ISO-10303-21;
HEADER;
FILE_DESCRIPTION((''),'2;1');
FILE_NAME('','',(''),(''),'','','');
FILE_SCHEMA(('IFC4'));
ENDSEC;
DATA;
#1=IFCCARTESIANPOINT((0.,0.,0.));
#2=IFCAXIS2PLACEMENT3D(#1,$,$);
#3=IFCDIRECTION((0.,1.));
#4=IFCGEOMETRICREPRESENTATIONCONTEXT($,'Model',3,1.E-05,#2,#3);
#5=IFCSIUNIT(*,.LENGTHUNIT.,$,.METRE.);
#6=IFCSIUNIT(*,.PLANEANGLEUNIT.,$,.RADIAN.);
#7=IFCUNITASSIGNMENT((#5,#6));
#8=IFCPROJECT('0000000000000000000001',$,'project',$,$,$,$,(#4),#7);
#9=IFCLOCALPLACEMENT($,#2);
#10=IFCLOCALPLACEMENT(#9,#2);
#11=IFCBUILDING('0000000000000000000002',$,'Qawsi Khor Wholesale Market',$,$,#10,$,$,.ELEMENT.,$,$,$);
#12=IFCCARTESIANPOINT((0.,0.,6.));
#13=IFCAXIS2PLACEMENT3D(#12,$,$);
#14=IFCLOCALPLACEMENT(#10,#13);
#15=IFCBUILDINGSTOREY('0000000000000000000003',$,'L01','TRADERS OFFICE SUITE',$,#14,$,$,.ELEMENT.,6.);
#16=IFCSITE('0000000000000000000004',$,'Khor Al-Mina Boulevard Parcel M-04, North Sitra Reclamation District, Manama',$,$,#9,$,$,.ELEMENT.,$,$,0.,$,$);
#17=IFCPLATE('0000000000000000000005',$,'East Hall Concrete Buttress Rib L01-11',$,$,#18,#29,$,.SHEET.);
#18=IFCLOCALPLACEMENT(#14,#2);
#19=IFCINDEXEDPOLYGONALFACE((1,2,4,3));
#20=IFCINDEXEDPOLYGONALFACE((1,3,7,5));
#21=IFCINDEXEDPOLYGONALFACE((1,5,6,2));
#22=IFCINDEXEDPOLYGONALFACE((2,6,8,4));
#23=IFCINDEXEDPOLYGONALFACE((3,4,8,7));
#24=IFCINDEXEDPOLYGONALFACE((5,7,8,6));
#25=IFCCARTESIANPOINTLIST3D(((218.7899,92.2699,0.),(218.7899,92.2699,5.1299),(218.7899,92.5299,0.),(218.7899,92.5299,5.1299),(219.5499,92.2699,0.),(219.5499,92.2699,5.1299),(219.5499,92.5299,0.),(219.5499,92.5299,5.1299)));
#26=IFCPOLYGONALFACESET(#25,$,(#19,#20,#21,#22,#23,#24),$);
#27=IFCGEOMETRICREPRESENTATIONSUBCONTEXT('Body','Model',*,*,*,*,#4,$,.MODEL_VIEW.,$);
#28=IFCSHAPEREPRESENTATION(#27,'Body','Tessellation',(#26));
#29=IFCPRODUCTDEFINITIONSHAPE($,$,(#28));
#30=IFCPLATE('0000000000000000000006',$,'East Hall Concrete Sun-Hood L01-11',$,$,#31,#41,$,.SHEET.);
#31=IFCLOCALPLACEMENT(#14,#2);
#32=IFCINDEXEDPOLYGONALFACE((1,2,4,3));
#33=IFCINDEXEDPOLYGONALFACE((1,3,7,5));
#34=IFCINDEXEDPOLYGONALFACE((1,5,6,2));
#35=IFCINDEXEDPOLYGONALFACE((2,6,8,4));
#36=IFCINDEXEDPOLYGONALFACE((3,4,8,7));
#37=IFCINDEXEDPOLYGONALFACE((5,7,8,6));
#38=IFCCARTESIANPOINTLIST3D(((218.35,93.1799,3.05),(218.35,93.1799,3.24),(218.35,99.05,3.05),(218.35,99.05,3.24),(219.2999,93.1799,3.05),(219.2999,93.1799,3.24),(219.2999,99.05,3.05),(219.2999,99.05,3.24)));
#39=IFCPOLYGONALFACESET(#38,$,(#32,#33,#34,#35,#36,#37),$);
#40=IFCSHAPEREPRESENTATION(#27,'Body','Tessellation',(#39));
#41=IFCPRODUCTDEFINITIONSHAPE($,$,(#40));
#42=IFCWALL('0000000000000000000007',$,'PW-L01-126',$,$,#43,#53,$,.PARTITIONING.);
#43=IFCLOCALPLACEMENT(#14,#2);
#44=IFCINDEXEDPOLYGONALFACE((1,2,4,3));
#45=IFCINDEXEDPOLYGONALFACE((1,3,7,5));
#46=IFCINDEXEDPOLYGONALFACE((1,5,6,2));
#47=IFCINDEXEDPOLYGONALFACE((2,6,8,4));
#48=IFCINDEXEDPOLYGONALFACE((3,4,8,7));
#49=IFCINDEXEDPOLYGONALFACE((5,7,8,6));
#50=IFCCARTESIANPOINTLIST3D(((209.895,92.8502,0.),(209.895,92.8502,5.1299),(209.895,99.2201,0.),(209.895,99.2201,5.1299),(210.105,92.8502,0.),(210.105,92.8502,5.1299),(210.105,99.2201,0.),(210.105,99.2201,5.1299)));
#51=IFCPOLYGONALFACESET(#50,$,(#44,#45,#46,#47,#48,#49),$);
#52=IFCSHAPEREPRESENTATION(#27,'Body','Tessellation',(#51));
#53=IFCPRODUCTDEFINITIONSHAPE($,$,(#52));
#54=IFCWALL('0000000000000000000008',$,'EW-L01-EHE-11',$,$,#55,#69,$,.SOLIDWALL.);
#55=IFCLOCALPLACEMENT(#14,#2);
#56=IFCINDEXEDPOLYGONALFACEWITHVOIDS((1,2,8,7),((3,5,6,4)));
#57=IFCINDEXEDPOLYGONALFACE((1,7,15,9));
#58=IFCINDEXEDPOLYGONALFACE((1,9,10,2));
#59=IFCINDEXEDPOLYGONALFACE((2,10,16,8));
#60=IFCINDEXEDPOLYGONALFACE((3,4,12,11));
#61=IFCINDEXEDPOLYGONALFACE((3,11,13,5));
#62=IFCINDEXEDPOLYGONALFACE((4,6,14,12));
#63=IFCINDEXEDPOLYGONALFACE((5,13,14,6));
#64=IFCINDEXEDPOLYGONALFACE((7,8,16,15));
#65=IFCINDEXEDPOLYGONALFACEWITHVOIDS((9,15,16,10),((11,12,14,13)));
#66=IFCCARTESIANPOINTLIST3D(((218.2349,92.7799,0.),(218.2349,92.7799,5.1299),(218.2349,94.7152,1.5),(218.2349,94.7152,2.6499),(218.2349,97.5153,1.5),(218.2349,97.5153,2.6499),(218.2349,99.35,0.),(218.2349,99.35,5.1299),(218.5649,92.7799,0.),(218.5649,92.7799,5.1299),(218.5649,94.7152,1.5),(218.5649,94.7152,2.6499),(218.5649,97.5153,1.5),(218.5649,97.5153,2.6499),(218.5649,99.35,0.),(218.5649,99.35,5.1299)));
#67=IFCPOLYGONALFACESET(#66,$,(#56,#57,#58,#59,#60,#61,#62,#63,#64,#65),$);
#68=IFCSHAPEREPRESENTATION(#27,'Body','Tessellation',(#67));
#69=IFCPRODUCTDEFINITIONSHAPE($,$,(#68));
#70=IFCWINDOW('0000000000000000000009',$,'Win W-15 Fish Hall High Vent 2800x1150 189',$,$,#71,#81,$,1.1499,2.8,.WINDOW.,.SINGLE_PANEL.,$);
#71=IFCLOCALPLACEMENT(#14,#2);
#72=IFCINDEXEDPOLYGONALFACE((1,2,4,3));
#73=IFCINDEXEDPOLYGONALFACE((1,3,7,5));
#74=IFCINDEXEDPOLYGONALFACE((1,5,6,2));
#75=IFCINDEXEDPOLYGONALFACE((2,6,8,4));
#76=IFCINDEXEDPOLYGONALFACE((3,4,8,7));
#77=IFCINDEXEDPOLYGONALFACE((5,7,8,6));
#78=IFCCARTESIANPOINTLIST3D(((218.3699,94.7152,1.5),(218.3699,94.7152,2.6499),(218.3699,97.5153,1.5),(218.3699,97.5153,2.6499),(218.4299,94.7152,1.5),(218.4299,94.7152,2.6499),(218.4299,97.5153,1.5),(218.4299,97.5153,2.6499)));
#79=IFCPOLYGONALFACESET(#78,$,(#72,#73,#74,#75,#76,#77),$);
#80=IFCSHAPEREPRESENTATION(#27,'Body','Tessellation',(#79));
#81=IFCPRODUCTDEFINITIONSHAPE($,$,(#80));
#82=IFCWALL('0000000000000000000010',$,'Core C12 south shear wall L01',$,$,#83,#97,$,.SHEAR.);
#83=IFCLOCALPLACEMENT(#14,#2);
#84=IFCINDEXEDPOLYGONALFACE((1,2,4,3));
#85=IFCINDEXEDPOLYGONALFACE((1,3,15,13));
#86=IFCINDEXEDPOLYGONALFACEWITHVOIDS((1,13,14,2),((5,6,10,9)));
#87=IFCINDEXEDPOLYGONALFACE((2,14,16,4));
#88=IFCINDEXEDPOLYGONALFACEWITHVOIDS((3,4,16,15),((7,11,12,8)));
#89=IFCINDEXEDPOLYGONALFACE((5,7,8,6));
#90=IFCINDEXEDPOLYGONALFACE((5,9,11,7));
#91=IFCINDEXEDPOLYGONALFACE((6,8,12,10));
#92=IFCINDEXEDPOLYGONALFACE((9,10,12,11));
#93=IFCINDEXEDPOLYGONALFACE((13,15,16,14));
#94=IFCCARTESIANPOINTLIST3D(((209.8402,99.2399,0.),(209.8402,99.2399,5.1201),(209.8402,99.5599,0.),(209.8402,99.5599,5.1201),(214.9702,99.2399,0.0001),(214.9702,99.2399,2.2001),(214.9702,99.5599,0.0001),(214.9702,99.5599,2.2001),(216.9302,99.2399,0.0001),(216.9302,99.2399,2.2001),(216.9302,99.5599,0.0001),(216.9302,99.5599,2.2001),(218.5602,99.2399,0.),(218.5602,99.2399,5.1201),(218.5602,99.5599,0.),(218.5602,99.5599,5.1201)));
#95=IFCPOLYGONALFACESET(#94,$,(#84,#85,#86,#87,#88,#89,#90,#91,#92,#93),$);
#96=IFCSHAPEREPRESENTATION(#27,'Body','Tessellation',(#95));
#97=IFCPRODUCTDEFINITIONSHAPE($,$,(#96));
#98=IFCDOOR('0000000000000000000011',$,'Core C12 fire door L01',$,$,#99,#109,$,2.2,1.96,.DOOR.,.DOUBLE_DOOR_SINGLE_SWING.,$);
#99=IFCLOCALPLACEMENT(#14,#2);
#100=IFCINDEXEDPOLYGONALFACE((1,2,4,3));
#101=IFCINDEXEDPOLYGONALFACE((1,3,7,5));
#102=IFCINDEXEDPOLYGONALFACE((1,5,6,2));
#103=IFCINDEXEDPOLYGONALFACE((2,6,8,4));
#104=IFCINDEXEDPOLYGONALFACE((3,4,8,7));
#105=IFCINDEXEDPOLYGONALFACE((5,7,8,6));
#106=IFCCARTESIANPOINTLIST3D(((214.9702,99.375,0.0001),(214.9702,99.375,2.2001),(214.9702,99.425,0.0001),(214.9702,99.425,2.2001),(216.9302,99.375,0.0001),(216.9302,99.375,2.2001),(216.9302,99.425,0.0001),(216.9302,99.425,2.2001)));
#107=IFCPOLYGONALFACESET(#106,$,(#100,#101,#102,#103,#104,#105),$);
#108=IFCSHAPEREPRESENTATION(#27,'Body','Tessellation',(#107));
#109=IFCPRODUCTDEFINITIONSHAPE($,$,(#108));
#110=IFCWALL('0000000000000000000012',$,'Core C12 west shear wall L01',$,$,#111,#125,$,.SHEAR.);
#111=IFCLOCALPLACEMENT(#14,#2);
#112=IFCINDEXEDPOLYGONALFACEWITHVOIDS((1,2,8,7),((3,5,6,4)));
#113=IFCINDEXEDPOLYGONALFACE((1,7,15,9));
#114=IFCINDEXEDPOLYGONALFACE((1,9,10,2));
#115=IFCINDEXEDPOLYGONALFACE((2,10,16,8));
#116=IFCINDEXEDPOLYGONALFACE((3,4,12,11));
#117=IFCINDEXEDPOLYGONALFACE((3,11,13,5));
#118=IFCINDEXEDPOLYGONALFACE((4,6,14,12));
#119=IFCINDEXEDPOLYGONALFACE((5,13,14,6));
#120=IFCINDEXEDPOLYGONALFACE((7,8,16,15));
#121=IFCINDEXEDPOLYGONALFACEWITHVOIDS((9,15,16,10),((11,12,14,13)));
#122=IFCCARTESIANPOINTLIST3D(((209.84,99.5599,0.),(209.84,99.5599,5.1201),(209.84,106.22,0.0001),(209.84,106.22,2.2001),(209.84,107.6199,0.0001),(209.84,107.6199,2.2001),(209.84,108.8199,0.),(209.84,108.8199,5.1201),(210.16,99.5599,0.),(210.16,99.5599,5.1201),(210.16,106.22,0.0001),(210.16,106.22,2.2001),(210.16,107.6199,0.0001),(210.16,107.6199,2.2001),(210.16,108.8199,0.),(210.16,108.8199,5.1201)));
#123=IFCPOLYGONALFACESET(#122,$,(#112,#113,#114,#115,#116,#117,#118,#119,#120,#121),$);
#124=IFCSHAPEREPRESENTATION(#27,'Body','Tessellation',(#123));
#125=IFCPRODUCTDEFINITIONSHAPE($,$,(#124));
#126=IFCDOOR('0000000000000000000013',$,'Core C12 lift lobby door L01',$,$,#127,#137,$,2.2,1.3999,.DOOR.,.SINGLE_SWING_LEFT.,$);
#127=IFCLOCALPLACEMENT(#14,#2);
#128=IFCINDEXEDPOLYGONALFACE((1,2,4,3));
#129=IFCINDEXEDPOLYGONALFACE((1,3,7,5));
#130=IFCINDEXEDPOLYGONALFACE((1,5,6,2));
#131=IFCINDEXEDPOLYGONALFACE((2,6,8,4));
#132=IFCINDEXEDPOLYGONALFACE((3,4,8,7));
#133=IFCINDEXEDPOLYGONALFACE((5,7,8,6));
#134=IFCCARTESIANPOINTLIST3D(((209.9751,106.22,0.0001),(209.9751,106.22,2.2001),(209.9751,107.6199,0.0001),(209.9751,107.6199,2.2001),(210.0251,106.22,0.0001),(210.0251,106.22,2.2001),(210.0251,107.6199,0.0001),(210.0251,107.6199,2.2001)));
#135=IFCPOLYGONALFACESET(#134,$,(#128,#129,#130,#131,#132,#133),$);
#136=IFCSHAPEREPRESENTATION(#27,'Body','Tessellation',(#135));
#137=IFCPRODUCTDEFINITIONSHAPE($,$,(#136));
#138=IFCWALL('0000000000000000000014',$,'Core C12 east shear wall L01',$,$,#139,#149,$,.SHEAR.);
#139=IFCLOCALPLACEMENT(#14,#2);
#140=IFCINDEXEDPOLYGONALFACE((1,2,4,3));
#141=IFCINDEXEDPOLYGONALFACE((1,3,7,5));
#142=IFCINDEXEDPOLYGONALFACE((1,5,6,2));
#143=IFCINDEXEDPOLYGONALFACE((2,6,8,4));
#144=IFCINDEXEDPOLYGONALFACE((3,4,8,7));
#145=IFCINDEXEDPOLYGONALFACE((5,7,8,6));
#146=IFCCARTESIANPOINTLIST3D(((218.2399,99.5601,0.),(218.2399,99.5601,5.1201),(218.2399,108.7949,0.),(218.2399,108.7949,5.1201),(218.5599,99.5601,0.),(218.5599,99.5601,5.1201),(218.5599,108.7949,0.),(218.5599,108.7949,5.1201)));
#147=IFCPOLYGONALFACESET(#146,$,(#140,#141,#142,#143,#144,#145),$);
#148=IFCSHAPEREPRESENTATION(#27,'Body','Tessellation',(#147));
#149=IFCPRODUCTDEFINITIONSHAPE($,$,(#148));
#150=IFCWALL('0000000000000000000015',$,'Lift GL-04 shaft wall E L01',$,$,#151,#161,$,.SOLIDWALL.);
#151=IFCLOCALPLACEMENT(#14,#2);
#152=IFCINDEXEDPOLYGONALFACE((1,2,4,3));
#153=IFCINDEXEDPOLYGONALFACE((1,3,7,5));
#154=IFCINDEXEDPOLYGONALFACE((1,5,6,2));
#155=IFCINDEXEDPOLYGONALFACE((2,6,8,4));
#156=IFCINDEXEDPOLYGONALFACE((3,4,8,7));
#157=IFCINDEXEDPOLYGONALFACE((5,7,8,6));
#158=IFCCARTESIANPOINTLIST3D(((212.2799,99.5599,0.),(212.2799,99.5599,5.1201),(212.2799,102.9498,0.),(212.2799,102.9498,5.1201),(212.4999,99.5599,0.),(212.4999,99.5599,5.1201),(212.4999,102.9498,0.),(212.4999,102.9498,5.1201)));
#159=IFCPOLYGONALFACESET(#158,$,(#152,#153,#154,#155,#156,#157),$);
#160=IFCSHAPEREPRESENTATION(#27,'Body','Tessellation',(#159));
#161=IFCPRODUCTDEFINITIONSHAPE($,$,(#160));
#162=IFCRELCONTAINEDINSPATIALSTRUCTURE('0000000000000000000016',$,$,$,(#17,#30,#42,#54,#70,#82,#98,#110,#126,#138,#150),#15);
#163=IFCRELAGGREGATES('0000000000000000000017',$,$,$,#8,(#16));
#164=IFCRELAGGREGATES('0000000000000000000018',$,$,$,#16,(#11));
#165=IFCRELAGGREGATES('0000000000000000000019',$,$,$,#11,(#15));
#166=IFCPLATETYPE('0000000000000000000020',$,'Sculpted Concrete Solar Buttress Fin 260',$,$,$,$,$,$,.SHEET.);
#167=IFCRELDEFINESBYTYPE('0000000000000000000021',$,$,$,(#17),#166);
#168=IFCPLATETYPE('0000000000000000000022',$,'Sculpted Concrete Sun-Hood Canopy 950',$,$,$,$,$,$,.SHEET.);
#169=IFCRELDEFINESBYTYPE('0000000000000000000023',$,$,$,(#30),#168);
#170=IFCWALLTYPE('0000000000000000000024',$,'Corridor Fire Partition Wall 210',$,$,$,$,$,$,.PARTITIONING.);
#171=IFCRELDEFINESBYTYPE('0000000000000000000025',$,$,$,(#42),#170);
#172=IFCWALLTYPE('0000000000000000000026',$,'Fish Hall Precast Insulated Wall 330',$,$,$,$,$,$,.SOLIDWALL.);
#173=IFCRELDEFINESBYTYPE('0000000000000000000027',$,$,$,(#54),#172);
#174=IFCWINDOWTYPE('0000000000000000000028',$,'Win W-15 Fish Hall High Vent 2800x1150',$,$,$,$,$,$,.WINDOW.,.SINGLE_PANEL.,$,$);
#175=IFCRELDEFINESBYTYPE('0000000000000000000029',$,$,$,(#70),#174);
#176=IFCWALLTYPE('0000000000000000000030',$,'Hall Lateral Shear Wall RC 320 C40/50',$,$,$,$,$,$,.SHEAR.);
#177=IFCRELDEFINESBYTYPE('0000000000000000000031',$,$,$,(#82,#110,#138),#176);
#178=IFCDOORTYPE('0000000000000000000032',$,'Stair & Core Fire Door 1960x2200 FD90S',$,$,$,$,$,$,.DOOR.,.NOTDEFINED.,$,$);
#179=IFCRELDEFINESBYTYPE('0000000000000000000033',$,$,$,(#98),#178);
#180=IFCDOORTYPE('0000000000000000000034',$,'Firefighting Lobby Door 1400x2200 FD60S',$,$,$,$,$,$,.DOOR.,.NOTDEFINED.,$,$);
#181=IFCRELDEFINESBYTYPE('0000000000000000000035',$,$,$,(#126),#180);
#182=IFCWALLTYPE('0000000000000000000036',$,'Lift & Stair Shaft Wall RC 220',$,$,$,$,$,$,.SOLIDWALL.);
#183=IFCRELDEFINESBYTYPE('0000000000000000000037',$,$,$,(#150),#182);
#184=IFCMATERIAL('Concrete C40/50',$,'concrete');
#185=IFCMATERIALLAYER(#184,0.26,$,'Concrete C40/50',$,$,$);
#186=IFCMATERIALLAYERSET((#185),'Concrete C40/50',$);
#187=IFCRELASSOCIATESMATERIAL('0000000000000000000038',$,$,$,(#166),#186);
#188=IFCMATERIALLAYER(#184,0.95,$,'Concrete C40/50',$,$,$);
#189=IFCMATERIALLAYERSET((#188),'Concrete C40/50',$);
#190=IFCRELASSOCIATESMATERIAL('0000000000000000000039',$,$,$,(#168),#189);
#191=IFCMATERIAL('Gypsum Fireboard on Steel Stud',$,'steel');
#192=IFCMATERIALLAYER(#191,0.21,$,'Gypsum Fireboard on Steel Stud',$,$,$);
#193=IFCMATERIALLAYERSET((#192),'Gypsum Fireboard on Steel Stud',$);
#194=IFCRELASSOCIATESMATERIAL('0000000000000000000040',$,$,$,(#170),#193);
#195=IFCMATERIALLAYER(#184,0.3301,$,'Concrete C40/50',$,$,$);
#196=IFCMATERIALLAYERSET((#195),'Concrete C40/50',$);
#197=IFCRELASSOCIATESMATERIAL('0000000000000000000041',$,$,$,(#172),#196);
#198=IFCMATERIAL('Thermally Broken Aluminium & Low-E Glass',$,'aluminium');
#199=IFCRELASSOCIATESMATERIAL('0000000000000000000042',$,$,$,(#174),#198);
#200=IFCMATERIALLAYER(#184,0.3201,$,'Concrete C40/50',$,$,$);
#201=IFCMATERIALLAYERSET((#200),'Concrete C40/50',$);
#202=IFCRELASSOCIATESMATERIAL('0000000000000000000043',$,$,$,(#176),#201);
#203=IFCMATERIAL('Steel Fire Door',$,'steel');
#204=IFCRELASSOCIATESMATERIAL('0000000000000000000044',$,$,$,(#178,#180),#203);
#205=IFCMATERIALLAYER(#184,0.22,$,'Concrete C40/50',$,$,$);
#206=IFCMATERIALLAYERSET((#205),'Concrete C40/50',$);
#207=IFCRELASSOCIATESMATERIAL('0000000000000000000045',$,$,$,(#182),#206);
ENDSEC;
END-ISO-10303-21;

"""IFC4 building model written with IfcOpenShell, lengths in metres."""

from ifc_helpers import new_model, si_unit, direction, frame, frame_2d, origin, place, context, subcontext, project, spatial, rectangle, extrude, material, layer, layer_set, type_object, element, fill, save


model = new_model("IFC4")

# Units and contexts
model_context = context("Model", 3, precision=1e-05, world=origin(), true_north=direction((0.0, 1.0)))
body_context = subcontext(model_context, "Body", "Model", "MODEL_VIEW")
ifc_project = project(units=[si_unit("LENGTHUNIT", "METRE"), si_unit("PLANEANGLEUNIT", "RADIAN")], contexts=[model_context])

# Site, building, storey
site_placement = place(None, origin())
site = spatial("IfcSite", under=ifc_project, at=site_placement, Name="Khor Al-Mina Boulevard Parcel M-04, North Sitra Reclamation District, Manama", CompositionType="ELEMENT", RefElevation=0.0)
building_placement = place(site_placement, origin())
building = spatial("IfcBuilding", under=site, at=building_placement, Name="Qawsi Khor Wholesale Market", CompositionType="ELEMENT")
storey_placement = place(building_placement, frame((0.0, 0.0, 6.0)))
storey = spatial("IfcBuildingStorey", under=building, at=storey_placement, Name="L01", Description="TRADERS OFFICE SUITE", CompositionType="ELEMENT", Elevation=6.0)

# Shared definitions
ifc_material_1 = material(Name="Concrete C40/50", Category="concrete")

# Plates
ifc_layer_1 = layer(ifc_material_1, 0.26, Name="Concrete C40/50")
ifc_layer_set_1 = layer_set([ifc_layer_1], Name="Concrete C40/50")
plate_type_1 = type_object("IfcPlateType", Name="Sculpted Concrete Solar Buttress Fin 260", PredefinedType="SHEET", material=ifc_layer_set_1)
plate_1_placement = place(storey_placement, frame((218.79, 92.3999, 0.0), z_axis=(0.0, 0.0, 1.0), x_axis=(1.0, 0.0, 0.0)))
element("IfcPlate", 1, at=plate_1_placement, inside=storey, type_object=plate_type_1, Name="East Hall Concrete Buttress Rib L01-11", PredefinedType="SHEET", context=body_context, shape_type="SweptSolid", body=[
    extrude(rectangle(XDim=0.76, YDim=0.26, at=frame_2d((0.3799, 0.0))), origin(), (0.0, 0.0, 1.0), 5.1299),
])
ifc_layer_2 = layer(ifc_material_1, 0.95, Name="Concrete C40/50")
ifc_layer_set_2 = layer_set([ifc_layer_2], Name="Concrete C40/50")
plate_type_2 = type_object("IfcPlateType", Name="Sculpted Concrete Sun-Hood Canopy 950", PredefinedType="SHEET", material=ifc_layer_set_2)
plate_2_placement = place(storey_placement, frame((218.825, 93.1799, 3.05), z_axis=(0.0, 0.0, 1.0), x_axis=(0.0, 1.0, 0.0)))
element("IfcPlate", 2, at=plate_2_placement, inside=storey, type_object=plate_type_2, Name="East Hall Concrete Sun-Hood L01-11", PredefinedType="SHEET", context=body_context, shape_type="SweptSolid", body=[
    extrude(rectangle(XDim=5.8701, YDim=0.95, at=frame_2d((2.9351, 0.0))), origin(), (0.0, 0.0, 1.0), 0.1899),
])

# Wall
ifc_material_2 = material(Name="Gypsum Fireboard on Steel Stud", Category="steel")
ifc_layer_3 = layer(ifc_material_2, 0.21, Name="Gypsum Fireboard on Steel Stud")
ifc_layer_set_3 = layer_set([ifc_layer_3], Name="Gypsum Fireboard on Steel Stud")
wall_type_1 = type_object("IfcWallType", Name="Corridor Fire Partition Wall 210", PredefinedType="PARTITIONING", material=ifc_layer_set_3)
wall_1_placement = place(storey_placement, frame((210.0, 92.8501, 0.0), z_axis=(0.0, 0.0, 1.0), x_axis=(0.0, 1.0, 0.0)))
element("IfcWall", 3, at=wall_1_placement, inside=storey, type_object=wall_type_1, Name="PW-L01-126", PredefinedType="PARTITIONING", context=body_context, shape_type="SweptSolid", body=[
    extrude(rectangle(XDim=6.3699, YDim=0.21, at=frame_2d((3.1851, 0.0))), origin(), (0.0, 0.0, 1.0), 5.1299),
])

# Wall, opening, window
ifc_layer_4 = layer(ifc_material_1, 0.3301, Name="Concrete C40/50")
ifc_layer_set_4 = layer_set([ifc_layer_4], Name="Concrete C40/50")
wall_type_2 = type_object("IfcWallType", Name="Fish Hall Precast Insulated Wall 330", PredefinedType="SOLIDWALL", material=ifc_layer_set_4)
wall_2_placement = place(storey_placement, frame((218.3999, 99.3501, 0.0), z_axis=(0.0, 0.0, 1.0), x_axis=(0.0, -1.0, 0.0)))
wall_2 = element("IfcWall", 4, at=wall_2_placement, inside=storey, type_object=wall_type_2, Name="EW-L01-EHE-11", PredefinedType="SOLIDWALL", context=body_context, shape_type="SweptSolid", body=[
    extrude(rectangle(XDim=6.5701, YDim=0.3301, at=frame_2d((3.2852, 0.0))), origin(), (0.0, 0.0, 1.0), 5.1299),
])
opening_1_placement = place(wall_2_placement, frame((1.835, 0.0, 1.5)))
opening_1 = element("IfcOpeningElement", 5, at=opening_1_placement, cuts=wall_2, PredefinedType="OPENING", context=body_context, shape_type="SweptSolid", body=[
    extrude(rectangle(XDim=2.8, YDim=1.1499, at=frame_2d((1.3999, 0.575))), frame((0.0, 0.175, 0.0), z_axis=(0.0, -1.0, 0.0), x_axis=(1.0, 0.0, 0.0)), (0.0, 0.0, 1.0), 0.3501),
])
ifc_material_3 = material(Name="Thermally Broken Aluminium & Low-E Glass", Category="aluminium")
window_type = type_object("IfcWindowType", Name="Win W-15 Fish Hall High Vent 2800x1150", PartitioningType="SINGLE_PANEL", PredefinedType="WINDOW", material=ifc_material_3)
window_placement = place(opening_1_placement, origin())
window = element("IfcWindow", 6, at=window_placement, inside=storey, type_object=window_type, Name="Win W-15 Fish Hall High Vent 2800x1150 189", OverallHeight=1.1499, OverallWidth=2.8, PartitioningType="SINGLE_PANEL", PredefinedType="WINDOW", context=body_context, shape_type="SweptSolid", body=[
    extrude(rectangle(XDim=2.8, YDim=1.1499, at=frame_2d((1.3999, 0.575))), frame((0.0, 0.03, 0.0), z_axis=(0.0, -1.0, 0.0), x_axis=(1.0, 0.0, 0.0)), (0.0, 0.0, 1.0), 0.0601),
])
fill(opening_1, window)

# Walls, openings, doors
ifc_layer_5 = layer(ifc_material_1, 0.3201, Name="Concrete C40/50")
ifc_layer_set_5 = layer_set([ifc_layer_5], Name="Concrete C40/50")
wall_type_3 = type_object("IfcWallType", Name="Hall Lateral Shear Wall RC 320 C40/50", PredefinedType="SHEAR", material=ifc_layer_set_5)
wall_3_placement = place(storey_placement, frame((218.5601, 99.3999, 0.0), z_axis=(0.0, 0.0, 1.0), x_axis=(-1.0, 0.0, 0.0)))
wall_3 = element("IfcWall", 7, at=wall_3_placement, inside=storey, type_object=wall_type_3, Name="Core C12 south shear wall L01", PredefinedType="SHEAR", context=body_context, shape_type="SweptSolid", body=[
    extrude(rectangle(XDim=8.72, YDim=0.3201, at=frame_2d((4.3599, 0.0))), origin(), (0.0, 0.0, 1.0), 5.1201),
])
opening_2_placement = place(wall_3_placement, frame((1.6299, 0.0, 0.0)))
opening_2 = element("IfcOpeningElement", 8, at=opening_2_placement, cuts=wall_3, PredefinedType="OPENING", context=body_context, shape_type="SweptSolid", body=[
    extrude(rectangle(XDim=1.96, YDim=2.2, at=frame_2d((0.98, 1.1001))), frame((0.0, 0.1699, 0.0), z_axis=(0.0, -1.0, 0.0), x_axis=(1.0, 0.0, 0.0)), (0.0, 0.0, 1.0), 0.3401),
])
ifc_material_4 = material(Name="Steel Fire Door", Category="steel")
door_type_1 = type_object("IfcDoorType", Name="Stair & Core Fire Door 1960x2200 FD90S", OperationType="NOTDEFINED", PredefinedType="DOOR", material=ifc_material_4)
door_1_placement = place(opening_2_placement, origin())
door_1 = element("IfcDoor", 9, at=door_1_placement, inside=storey, type_object=door_type_1, Name="Core C12 fire door L01", OperationType="DOUBLE_DOOR_SINGLE_SWING", OverallHeight=2.2, OverallWidth=1.96, PredefinedType="DOOR", context=body_context, shape_type="SweptSolid", body=[
    extrude(rectangle(XDim=1.96, YDim=2.2, at=frame_2d((0.98, 1.1001))), frame((0.0, 0.0249, 0.0), z_axis=(0.0, -1.0, 0.0), x_axis=(1.0, 0.0, 0.0)), (0.0, 0.0, 1.0), 0.05),
])
fill(opening_2, door_1)
wall_4_placement = place(storey_placement, frame((210.0, 99.5601, 0.0), z_axis=(0.0, 0.0, 1.0), x_axis=(0.0, 1.0, 0.0)))
wall_4 = element("IfcWall", 10, at=wall_4_placement, inside=storey, type_object=wall_type_3, Name="Core C12 west shear wall L01", PredefinedType="SHEAR", context=body_context, shape_type="SweptSolid", body=[
    extrude(rectangle(XDim=9.26, YDim=0.3201, at=frame_2d((4.6299, 0.0))), origin(), (0.0, 0.0, 1.0), 5.1201),
])
opening_3_placement = place(wall_4_placement, frame((6.6599, 0.0, 0.0)))
opening_3 = element("IfcOpeningElement", 11, at=opening_3_placement, cuts=wall_4, PredefinedType="OPENING", context=body_context, shape_type="SweptSolid", body=[
    extrude(rectangle(XDim=1.3999, YDim=2.2, at=frame_2d((0.7, 1.1001))), frame((0.0, 0.1699, 0.0), z_axis=(0.0, -1.0, 0.0), x_axis=(1.0, 0.0, 0.0)), (0.0, 0.0, 1.0), 0.3401),
])
door_type_2 = type_object("IfcDoorType", Name="Firefighting Lobby Door 1400x2200 FD60S", OperationType="NOTDEFINED", PredefinedType="DOOR", material=ifc_material_4)
door_2_placement = place(opening_3_placement, origin())
door_2 = element("IfcDoor", 12, at=door_2_placement, inside=storey, type_object=door_type_2, Name="Core C12 lift lobby door L01", OperationType="SINGLE_SWING_LEFT", OverallHeight=2.2, OverallWidth=1.3999, PredefinedType="DOOR", context=body_context, shape_type="SweptSolid", body=[
    extrude(rectangle(XDim=1.3999, YDim=2.2, at=frame_2d((0.7, 1.1001))), frame((0.0, 0.0249, 0.0), z_axis=(0.0, -1.0, 0.0), x_axis=(1.0, 0.0, 0.0)), (0.0, 0.0, 1.0), 0.05),
])
fill(opening_3, door_2)

# Walls
wall_5_placement = place(storey_placement, frame((218.3999, 108.7949, 0.0), z_axis=(0.0, 0.0, 1.0), x_axis=(0.0, -1.0, 0.0)))
element("IfcWall", 13, at=wall_5_placement, inside=storey, type_object=wall_type_3, Name="Core C12 east shear wall L01", PredefinedType="SHEAR", context=body_context, shape_type="SweptSolid", body=[
    extrude(rectangle(XDim=9.2349, YDim=0.3201, at=frame_2d((4.6174, 0.0))), origin(), (0.0, 0.0, 1.0), 5.1201),
])
ifc_layer_6 = layer(ifc_material_1, 0.22, Name="Concrete C40/50")
ifc_layer_set_6 = layer_set([ifc_layer_6], Name="Concrete C40/50")
wall_type_4 = type_object("IfcWallType", Name="Lift & Stair Shaft Wall RC 220", PredefinedType="SOLIDWALL", material=ifc_layer_set_6)
wall_6_placement = place(storey_placement, frame((212.3899, 99.5601, 0.0), z_axis=(0.0, 0.0, 1.0), x_axis=(0.0, 1.0, 0.0)))
element("IfcWall", 14, at=wall_6_placement, inside=storey, type_object=wall_type_4, Name="Lift GL-04 shaft wall E L01", PredefinedType="SOLIDWALL", context=body_context, shape_type="SweptSolid", body=[
    extrude(rectangle(XDim=3.3899, YDim=0.22, at=frame_2d((1.6948, 0.0))), origin(), (0.0, 0.0, 1.0), 5.1201),
])

save(model, "model.ifc")
